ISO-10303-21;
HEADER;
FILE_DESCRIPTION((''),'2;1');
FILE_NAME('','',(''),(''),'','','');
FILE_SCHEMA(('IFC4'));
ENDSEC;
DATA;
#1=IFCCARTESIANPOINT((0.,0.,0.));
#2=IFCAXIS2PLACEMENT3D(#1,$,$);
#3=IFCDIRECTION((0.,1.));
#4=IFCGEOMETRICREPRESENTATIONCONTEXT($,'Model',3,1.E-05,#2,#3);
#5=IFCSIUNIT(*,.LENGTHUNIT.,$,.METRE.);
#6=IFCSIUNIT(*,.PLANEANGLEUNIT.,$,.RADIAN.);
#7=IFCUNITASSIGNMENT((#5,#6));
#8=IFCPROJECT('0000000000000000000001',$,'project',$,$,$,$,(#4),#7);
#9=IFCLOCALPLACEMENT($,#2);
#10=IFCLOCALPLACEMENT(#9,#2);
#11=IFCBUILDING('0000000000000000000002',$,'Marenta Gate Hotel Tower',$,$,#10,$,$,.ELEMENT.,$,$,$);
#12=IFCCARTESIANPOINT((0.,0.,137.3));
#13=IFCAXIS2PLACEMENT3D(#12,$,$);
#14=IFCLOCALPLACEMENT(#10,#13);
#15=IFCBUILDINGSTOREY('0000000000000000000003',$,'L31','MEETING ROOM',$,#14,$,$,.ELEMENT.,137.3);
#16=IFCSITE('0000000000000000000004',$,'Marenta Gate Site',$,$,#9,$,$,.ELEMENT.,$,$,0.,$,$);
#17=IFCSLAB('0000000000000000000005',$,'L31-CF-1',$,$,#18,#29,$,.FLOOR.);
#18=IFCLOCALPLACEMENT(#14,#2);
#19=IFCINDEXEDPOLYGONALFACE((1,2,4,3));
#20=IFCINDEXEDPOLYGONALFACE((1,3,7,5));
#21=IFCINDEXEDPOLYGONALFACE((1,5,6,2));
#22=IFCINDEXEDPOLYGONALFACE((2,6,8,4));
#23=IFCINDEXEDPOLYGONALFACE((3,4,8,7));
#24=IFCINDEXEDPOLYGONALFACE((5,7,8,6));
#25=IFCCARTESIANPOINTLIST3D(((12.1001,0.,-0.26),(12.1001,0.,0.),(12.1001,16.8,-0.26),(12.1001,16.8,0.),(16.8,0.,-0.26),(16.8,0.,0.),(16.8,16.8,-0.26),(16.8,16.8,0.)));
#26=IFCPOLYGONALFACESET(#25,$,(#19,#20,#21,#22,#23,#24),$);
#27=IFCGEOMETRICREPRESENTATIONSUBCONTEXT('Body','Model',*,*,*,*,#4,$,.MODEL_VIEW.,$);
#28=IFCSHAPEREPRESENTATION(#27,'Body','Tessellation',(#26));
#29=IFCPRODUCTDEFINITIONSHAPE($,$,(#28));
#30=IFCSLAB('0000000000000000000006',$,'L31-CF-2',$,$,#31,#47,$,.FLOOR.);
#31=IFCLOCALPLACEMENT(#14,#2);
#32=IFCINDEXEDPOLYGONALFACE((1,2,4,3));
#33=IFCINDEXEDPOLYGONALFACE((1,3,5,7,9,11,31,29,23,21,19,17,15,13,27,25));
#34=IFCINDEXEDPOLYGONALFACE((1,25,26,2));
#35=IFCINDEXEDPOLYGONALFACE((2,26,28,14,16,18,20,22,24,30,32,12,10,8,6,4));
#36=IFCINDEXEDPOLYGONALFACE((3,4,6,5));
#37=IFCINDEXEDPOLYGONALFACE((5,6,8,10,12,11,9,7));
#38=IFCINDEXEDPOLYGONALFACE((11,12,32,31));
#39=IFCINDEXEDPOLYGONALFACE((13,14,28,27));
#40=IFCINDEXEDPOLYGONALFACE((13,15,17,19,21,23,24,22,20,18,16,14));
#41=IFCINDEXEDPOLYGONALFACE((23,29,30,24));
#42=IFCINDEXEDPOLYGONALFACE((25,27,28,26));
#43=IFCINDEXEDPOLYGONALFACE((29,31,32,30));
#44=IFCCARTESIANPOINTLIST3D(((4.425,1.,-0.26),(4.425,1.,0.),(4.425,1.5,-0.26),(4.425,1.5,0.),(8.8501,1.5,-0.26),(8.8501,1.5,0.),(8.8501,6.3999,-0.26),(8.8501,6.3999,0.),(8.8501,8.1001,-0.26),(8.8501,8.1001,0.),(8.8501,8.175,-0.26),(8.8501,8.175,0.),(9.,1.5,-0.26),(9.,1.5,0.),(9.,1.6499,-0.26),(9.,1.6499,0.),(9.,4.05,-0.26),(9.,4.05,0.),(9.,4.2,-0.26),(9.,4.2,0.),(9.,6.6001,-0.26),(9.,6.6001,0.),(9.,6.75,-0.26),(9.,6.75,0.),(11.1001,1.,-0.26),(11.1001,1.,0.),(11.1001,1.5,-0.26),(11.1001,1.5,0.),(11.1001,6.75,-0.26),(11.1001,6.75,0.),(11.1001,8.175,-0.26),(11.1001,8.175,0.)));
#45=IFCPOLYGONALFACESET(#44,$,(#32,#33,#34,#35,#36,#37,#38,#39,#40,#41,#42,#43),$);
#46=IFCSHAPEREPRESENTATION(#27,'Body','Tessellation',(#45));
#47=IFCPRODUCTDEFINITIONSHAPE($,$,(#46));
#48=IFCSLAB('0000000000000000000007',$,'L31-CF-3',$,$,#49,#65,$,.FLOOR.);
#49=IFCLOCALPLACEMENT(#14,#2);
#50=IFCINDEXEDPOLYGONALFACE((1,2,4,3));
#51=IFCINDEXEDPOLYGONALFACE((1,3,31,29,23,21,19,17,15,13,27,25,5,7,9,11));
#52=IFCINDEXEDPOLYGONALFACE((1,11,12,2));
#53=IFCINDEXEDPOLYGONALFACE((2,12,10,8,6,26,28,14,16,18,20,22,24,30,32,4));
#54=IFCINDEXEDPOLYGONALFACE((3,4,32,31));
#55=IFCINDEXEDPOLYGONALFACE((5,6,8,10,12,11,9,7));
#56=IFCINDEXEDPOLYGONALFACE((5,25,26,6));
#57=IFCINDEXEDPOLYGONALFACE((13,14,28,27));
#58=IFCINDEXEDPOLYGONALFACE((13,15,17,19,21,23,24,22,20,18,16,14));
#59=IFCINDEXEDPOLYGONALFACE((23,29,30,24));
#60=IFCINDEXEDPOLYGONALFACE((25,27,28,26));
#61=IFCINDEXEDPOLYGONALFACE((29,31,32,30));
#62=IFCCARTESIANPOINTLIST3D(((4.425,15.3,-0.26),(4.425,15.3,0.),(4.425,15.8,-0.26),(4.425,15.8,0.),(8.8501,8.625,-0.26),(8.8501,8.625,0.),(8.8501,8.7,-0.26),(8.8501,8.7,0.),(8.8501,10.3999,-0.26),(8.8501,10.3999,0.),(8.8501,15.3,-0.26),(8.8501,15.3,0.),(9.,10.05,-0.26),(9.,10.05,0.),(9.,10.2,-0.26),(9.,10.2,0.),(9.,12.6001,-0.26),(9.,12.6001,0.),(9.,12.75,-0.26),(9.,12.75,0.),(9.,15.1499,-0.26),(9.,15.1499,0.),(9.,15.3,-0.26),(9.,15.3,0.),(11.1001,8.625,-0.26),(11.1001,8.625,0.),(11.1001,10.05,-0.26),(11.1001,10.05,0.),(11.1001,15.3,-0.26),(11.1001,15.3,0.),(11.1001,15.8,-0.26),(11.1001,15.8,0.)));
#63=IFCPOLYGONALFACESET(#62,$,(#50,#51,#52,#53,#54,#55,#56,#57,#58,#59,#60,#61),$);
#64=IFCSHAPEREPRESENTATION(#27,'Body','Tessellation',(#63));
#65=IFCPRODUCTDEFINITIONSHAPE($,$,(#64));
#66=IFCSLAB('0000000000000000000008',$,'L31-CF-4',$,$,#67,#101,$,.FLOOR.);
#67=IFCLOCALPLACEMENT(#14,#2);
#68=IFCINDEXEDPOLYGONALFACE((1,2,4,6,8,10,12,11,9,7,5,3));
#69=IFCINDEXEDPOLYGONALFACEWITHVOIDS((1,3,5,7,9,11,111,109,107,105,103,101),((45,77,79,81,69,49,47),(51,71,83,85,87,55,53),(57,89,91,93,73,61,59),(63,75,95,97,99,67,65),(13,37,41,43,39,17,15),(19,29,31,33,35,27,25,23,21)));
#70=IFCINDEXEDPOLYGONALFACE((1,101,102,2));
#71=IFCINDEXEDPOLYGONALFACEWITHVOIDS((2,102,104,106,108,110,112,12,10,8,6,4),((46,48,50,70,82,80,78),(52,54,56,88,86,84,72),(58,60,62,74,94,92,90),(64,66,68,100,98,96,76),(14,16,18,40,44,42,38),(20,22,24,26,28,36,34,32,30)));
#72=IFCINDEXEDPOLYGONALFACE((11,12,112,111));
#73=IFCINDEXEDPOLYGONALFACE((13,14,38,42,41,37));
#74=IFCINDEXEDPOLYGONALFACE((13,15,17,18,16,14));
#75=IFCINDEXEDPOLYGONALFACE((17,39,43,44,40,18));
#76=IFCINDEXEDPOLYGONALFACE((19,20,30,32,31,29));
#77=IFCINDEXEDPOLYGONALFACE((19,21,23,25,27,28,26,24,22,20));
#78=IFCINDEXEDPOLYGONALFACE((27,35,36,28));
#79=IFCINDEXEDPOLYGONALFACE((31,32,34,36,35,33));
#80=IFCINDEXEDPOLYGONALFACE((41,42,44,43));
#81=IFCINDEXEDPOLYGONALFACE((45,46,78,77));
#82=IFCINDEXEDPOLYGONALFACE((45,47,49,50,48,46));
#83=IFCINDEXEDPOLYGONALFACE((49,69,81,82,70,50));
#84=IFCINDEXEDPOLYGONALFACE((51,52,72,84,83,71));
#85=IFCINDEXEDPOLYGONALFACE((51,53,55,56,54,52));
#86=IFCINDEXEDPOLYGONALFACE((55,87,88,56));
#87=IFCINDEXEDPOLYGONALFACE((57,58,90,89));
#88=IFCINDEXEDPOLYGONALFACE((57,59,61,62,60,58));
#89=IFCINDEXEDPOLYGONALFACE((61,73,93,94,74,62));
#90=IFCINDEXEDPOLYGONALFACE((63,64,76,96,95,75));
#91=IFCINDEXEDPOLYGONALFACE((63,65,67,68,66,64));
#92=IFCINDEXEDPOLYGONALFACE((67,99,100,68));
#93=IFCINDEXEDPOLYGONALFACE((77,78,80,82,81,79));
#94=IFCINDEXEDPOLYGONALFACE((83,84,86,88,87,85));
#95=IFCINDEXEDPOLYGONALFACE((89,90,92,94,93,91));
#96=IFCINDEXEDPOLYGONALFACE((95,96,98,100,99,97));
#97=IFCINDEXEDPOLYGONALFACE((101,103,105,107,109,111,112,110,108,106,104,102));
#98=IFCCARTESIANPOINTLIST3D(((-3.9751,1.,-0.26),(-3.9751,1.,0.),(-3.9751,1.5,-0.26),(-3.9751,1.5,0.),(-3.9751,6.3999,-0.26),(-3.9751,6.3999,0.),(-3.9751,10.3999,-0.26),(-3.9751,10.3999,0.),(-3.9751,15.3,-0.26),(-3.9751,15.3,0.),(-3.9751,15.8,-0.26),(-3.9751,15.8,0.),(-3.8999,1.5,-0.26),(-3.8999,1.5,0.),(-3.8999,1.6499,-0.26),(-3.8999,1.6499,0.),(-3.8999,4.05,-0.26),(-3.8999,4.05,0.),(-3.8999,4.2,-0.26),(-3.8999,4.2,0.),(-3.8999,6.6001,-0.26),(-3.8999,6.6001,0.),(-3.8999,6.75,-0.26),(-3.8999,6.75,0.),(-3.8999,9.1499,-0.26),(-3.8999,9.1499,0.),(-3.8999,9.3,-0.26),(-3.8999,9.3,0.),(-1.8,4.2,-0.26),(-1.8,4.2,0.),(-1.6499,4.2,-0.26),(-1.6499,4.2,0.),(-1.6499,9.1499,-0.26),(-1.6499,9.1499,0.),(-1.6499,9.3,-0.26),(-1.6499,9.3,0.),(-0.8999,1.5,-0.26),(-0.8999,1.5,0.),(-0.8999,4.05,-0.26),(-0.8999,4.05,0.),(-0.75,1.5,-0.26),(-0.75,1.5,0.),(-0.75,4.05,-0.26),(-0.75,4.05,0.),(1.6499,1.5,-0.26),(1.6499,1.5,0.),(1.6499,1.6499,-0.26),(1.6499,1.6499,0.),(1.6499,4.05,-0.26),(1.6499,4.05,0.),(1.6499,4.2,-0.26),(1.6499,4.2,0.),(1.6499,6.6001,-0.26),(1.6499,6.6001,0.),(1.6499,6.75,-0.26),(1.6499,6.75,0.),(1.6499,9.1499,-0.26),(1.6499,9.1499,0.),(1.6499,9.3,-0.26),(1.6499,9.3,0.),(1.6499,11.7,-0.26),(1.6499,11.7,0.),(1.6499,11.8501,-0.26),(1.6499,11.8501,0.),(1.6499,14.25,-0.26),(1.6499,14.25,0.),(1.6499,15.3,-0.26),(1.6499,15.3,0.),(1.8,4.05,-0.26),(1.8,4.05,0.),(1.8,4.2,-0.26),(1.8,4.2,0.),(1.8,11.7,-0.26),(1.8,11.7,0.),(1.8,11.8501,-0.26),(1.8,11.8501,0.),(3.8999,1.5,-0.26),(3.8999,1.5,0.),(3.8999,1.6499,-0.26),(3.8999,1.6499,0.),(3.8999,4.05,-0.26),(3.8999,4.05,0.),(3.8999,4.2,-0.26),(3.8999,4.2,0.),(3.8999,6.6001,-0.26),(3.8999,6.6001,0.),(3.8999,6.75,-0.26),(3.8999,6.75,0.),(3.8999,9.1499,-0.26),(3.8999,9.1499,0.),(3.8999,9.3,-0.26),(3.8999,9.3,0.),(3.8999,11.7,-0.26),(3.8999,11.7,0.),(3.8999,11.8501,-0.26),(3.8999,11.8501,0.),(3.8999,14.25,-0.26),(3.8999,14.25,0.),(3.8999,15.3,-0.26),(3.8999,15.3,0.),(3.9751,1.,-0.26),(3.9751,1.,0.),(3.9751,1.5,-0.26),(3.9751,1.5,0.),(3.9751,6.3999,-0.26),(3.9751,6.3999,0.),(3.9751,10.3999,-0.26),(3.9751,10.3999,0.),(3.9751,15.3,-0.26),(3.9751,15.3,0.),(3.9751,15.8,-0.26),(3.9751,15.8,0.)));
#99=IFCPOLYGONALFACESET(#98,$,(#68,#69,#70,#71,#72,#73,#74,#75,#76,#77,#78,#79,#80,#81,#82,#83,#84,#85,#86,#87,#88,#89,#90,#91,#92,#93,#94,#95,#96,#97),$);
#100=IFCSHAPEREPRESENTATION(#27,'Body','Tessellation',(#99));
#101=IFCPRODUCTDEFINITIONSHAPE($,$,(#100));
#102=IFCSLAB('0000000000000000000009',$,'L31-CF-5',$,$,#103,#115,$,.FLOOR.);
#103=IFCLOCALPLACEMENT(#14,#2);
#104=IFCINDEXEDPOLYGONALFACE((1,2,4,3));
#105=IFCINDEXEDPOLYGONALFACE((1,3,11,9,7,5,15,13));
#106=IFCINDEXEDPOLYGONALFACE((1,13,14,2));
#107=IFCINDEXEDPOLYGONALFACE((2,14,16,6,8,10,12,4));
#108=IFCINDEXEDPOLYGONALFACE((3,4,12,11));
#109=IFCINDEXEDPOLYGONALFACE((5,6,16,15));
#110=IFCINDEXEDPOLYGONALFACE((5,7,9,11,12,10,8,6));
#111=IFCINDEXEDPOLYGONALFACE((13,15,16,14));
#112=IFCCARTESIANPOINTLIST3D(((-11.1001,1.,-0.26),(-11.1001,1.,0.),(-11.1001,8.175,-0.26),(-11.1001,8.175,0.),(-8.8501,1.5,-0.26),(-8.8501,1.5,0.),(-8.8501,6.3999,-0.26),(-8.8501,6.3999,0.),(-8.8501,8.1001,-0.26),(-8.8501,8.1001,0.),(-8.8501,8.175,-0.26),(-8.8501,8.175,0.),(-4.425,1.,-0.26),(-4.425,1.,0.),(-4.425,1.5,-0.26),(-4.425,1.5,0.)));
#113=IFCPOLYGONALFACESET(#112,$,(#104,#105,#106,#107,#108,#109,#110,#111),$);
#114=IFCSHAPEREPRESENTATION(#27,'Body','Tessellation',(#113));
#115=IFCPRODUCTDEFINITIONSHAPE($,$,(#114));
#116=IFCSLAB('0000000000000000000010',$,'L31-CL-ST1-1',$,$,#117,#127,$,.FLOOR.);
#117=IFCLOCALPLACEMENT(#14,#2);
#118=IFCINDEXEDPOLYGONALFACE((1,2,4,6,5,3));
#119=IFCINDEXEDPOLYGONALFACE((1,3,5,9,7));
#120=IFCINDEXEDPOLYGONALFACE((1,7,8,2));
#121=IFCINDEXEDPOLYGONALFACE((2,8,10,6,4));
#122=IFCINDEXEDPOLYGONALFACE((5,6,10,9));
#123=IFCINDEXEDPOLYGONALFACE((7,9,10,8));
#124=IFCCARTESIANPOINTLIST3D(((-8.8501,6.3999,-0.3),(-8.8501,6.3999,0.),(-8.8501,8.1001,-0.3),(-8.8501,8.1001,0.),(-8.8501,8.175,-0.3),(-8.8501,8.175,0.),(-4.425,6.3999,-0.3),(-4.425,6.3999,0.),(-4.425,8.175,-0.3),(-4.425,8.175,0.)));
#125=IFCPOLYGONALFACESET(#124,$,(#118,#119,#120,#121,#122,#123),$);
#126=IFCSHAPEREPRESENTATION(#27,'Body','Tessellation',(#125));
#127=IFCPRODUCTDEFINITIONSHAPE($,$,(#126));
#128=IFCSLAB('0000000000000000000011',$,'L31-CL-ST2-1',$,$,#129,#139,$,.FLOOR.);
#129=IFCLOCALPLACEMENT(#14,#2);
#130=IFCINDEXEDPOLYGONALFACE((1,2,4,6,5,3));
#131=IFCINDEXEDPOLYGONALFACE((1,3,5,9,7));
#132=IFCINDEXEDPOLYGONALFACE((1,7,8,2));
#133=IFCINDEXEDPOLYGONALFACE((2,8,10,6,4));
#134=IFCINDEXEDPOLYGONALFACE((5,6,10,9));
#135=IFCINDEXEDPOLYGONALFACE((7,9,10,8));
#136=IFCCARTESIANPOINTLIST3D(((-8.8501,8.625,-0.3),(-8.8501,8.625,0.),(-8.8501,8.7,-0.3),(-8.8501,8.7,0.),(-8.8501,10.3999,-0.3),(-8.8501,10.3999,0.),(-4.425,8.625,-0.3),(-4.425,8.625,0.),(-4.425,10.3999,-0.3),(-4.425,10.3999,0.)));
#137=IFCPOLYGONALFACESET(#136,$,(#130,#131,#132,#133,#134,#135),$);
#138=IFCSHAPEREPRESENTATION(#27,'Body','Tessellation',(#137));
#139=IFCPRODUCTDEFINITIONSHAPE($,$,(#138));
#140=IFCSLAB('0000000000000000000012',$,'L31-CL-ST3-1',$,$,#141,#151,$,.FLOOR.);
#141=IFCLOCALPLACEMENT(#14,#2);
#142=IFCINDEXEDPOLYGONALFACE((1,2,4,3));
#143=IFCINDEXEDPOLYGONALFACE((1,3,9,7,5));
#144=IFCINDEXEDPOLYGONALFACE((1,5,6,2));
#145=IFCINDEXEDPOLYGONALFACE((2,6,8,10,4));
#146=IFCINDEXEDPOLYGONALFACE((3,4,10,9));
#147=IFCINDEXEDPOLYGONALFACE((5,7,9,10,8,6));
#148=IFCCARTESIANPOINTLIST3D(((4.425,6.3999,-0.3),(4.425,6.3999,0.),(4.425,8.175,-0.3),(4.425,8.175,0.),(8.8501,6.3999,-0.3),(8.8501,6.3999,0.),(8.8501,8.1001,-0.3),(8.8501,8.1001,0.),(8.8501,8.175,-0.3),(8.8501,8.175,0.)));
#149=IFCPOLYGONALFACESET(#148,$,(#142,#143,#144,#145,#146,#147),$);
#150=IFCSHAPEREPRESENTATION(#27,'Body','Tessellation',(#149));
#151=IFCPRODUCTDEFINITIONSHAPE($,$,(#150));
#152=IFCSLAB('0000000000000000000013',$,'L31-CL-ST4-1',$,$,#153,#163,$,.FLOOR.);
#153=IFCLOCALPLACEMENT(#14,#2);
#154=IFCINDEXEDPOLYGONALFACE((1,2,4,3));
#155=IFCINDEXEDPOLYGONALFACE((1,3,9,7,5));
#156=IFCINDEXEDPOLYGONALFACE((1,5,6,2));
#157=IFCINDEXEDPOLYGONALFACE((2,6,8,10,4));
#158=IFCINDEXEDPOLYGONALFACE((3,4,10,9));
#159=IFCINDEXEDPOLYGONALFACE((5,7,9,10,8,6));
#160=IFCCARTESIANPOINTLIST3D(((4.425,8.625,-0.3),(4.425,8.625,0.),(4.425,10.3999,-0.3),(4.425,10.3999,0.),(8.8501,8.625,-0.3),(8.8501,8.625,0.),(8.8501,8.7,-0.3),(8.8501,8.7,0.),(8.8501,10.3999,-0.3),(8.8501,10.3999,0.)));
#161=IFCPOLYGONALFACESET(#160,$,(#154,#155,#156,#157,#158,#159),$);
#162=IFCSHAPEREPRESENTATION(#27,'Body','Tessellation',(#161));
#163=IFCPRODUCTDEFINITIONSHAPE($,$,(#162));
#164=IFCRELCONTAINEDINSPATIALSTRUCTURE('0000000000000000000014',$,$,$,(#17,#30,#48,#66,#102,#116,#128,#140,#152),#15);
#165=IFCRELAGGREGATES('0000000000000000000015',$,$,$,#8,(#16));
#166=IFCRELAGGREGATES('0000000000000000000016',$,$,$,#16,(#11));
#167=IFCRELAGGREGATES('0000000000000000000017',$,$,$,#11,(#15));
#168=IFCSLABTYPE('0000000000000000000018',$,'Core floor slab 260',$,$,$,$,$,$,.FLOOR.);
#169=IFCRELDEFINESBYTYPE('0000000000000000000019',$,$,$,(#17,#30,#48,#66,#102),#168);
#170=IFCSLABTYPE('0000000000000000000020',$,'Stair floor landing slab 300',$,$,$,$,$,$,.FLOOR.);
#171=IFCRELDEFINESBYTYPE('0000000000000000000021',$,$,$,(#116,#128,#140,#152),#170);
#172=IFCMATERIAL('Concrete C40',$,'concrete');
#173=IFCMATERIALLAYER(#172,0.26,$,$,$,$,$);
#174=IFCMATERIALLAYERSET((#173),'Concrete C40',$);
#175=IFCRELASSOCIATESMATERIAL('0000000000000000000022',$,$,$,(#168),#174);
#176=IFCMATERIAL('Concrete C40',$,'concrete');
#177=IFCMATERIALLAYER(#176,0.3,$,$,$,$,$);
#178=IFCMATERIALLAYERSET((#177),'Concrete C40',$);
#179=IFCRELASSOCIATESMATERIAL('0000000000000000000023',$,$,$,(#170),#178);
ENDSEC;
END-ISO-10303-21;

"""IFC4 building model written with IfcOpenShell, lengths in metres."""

from ifc_helpers import new_model, si_unit, direction, frame, origin, place, context, subcontext, project, spatial, polyline, outline, extrude, material, layer, layer_set, type_object, element, save


model = new_model("IFC4")

# Units and contexts
model_context = context("Model", 3, precision=1e-05, world=origin(), true_north=direction((0.0, 1.0)))
body_context = subcontext(model_context, "Body", "Model", "MODEL_VIEW")
ifc_project = project(units=[si_unit("LENGTHUNIT", "METRE"), si_unit("PLANEANGLEUNIT", "RADIAN")], contexts=[model_context])

# Site, building, storey
site_placement = place(None, origin())
site = spatial("IfcSite", under=ifc_project, at=site_placement, Name="Marenta Gate Site", CompositionType="ELEMENT", RefElevation=0.0)
building_placement = place(site_placement, origin())
building = spatial("IfcBuilding", under=site, at=building_placement, Name="Marenta Gate Hotel Tower", CompositionType="ELEMENT")
storey_placement = place(building_placement, frame((0.0, 0.0, 137.3)))
storey = spatial("IfcBuildingStorey", under=building, at=storey_placement, Name="L31", Description="MEETING ROOM", CompositionType="ELEMENT", Elevation=137.3)

# Slabs
ifc_material_1 = material(Name="Concrete C40", Category="concrete")
ifc_layer_1 = layer(ifc_material_1, 0.26)
ifc_layer_set_1 = layer_set([ifc_layer_1], Name="Concrete C40")
slab_type_1 = type_object("IfcSlabType", Name="Core floor slab 260", PredefinedType="FLOOR", material=ifc_layer_set_1)
slab_1_placement = place(storey_placement, frame((0.0, 0.0, -0.26)))
element("IfcSlab", 1, at=slab_1_placement, inside=storey, type_object=slab_type_1, Name="L31-CF-1", PredefinedType="FLOOR", context=body_context, shape_type="SweptSolid", body=[
    extrude(outline(polyline([(12.1001, 0.0), (12.1001, 16.8), (16.8, 16.8), (16.8, 0.0), (12.1001, 0.0)])), origin(), (0.0, 0.0, 1.0), 0.26),
])
slab_2_placement = place(storey_placement, frame((0.0, 0.0, -0.26)))
element("IfcSlab", 2, at=slab_2_placement, inside=storey, type_object=slab_type_1, Name="L31-CF-2", PredefinedType="FLOOR", context=body_context, shape_type="SweptSolid", body=[
    extrude(outline(polyline([(8.8501, 1.5), (8.8501, 6.3999), (8.8501, 8.1001), (8.8501, 8.175), (11.1001, 8.175), (11.1001, 6.75), (9.0, 6.75), (9.0, 6.6001), (9.0, 4.2), (9.0, 4.05), (9.0, 1.6499), (9.0, 1.5), (11.1001, 1.5), (11.1001, 1.0), (4.425, 1.0), (4.425, 1.5), (8.8501, 1.5)])), origin(), (0.0, 0.0, 1.0), 0.26),
])
slab_3_placement = place(storey_placement, frame((0.0, 0.0, -0.26)))
element("IfcSlab", 3, at=slab_3_placement, inside=storey, type_object=slab_type_1, Name="L31-CF-3", PredefinedType="FLOOR", context=body_context, shape_type="SweptSolid", body=[
    extrude(outline(polyline([(8.8501, 15.3), (4.425, 15.3), (4.425, 15.8), (11.1001, 15.8), (11.1001, 15.3), (9.0, 15.3), (9.0, 15.1499), (9.0, 12.75), (9.0, 12.6001), (9.0, 10.2), (9.0, 10.05), (11.1001, 10.05), (11.1001, 8.625), (8.8501, 8.625), (8.8501, 8.7), (8.8501, 10.3999), (8.8501, 15.3)])), origin(), (0.0, 0.0, 1.0), 0.26),
])
slab_4_placement = place(storey_placement, frame((0.0, 0.0, -0.26)))
element("IfcSlab", 4, at=slab_4_placement, inside=storey, type_object=slab_type_1, Name="L31-CF-4", PredefinedType="FLOOR", context=body_context, shape_type="SweptSolid", body=[
    extrude(outline(polyline([(3.9751, 15.3), (3.9751, 10.3999), (3.9751, 6.3999), (3.9751, 1.5), (3.9751, 1.0), (-3.9751, 1.0), (-3.9751, 1.5), (-3.9751, 6.3999), (-3.9751, 10.3999), (-3.9751, 15.3), (-3.9751, 15.8), (3.9751, 15.8), (3.9751, 15.3)]), holes=[polyline([(1.6499, 1.5), (3.8999, 1.5), (3.8999, 1.6499), (3.8999, 4.05), (1.8, 4.05), (1.6499, 4.05), (1.6499, 1.6499), (1.6499, 1.5)]), polyline([(1.6499, 6.6001), (1.6499, 4.2), (1.8, 4.2), (3.8999, 4.2), (3.8999, 6.6001), (3.8999, 6.75), (1.6499, 6.75), (1.6499, 6.6001)]), polyline([(1.6499, 9.1499), (3.8999, 9.1499), (3.8999, 9.3), (3.8999, 11.7), (1.8, 11.7), (1.6499, 11.7), (1.6499, 9.3), (1.6499, 9.1499)]), polyline([(1.6499, 15.3), (1.6499, 14.25), (1.6499, 11.8501), (1.8, 11.8501), (3.8999, 11.8501), (3.8999, 14.25), (3.8999, 15.3), (1.6499, 15.3)]), polyline([(-3.8999, 4.05), (-3.8999, 1.6499), (-3.8999, 1.5), (-0.8999, 1.5), (-0.75, 1.5), (-0.75, 4.05), (-0.8999, 4.05), (-3.8999, 4.05)]), polyline([(-1.8, 4.2), (-1.6499, 4.2), (-1.6499, 9.1499), (-1.6499, 9.3), (-3.8999, 9.3), (-3.8999, 9.1499), (-3.8999, 6.75), (-3.8999, 6.6001), (-3.8999, 4.2), (-1.8, 4.2)])]), origin(), (0.0, 0.0, 1.0), 0.26),
])
slab_5_placement = place(storey_placement, frame((0.0, 0.0, -0.26)))
element("IfcSlab", 5, at=slab_5_placement, inside=storey, type_object=slab_type_1, Name="L31-CF-5", PredefinedType="FLOOR", context=body_context, shape_type="SweptSolid", body=[
    extrude(outline(polyline([(-8.8501, 8.175), (-8.8501, 8.1001), (-8.8501, 6.3999), (-8.8501, 1.5), (-4.425, 1.5), (-4.425, 1.0), (-11.1001, 1.0), (-11.1001, 8.175), (-8.8501, 8.175)])), origin(), (0.0, 0.0, 1.0), 0.26),
])
ifc_material_2 = material(Name="Concrete C40", Category="concrete")
ifc_layer_2 = layer(ifc_material_2, 0.3)
ifc_layer_set_2 = layer_set([ifc_layer_2], Name="Concrete C40")
slab_type_2 = type_object("IfcSlabType", Name="Stair floor landing slab 300", PredefinedType="FLOOR", material=ifc_layer_set_2)
slab_6_placement = place(storey_placement, frame((0.0, 0.0, -0.3)))
element("IfcSlab", 6, at=slab_6_placement, inside=storey, type_object=slab_type_2, Name="L31-CL-ST1-1", PredefinedType="FLOOR", context=body_context, shape_type="SweptSolid", body=[
    extrude(outline(polyline([(-4.425, 6.3999), (-8.8501, 6.3999), (-8.8501, 8.1001), (-8.8501, 8.175), (-4.425, 8.175), (-4.425, 6.3999)])), origin(), (0.0, 0.0, 1.0), 0.3),
])
slab_7_placement = place(storey_placement, frame((0.0, 0.0, -0.3)))
element("IfcSlab", 7, at=slab_7_placement, inside=storey, type_object=slab_type_2, Name="L31-CL-ST2-1", PredefinedType="FLOOR", context=body_context, shape_type="SweptSolid", body=[
    extrude(outline(polyline([(-4.425, 8.625), (-8.8501, 8.625), (-8.8501, 8.7), (-8.8501, 10.3999), (-4.425, 10.3999), (-4.425, 8.625)])), origin(), (0.0, 0.0, 1.0), 0.3),
])
slab_8_placement = place(storey_placement, frame((0.0, 0.0, -0.3)))
element("IfcSlab", 8, at=slab_8_placement, inside=storey, type_object=slab_type_2, Name="L31-CL-ST3-1", PredefinedType="FLOOR", context=body_context, shape_type="SweptSolid", body=[
    extrude(outline(polyline([(4.425, 6.3999), (4.425, 8.175), (8.8501, 8.175), (8.8501, 8.1001), (8.8501, 6.3999), (4.425, 6.3999)])), origin(), (0.0, 0.0, 1.0), 0.3),
])
slab_9_placement = place(storey_placement, frame((0.0, 0.0, -0.3)))
element("IfcSlab", 9, at=slab_9_placement, inside=storey, type_object=slab_type_2, Name="L31-CL-ST4-1", PredefinedType="FLOOR", context=body_context, shape_type="SweptSolid", body=[
    extrude(outline(polyline([(4.425, 8.625), (4.425, 10.3999), (8.8501, 10.3999), (8.8501, 8.7), (8.8501, 8.625), (4.425, 8.625)])), origin(), (0.0, 0.0, 1.0), 0.3),
])

save(model, "model.ifc")
